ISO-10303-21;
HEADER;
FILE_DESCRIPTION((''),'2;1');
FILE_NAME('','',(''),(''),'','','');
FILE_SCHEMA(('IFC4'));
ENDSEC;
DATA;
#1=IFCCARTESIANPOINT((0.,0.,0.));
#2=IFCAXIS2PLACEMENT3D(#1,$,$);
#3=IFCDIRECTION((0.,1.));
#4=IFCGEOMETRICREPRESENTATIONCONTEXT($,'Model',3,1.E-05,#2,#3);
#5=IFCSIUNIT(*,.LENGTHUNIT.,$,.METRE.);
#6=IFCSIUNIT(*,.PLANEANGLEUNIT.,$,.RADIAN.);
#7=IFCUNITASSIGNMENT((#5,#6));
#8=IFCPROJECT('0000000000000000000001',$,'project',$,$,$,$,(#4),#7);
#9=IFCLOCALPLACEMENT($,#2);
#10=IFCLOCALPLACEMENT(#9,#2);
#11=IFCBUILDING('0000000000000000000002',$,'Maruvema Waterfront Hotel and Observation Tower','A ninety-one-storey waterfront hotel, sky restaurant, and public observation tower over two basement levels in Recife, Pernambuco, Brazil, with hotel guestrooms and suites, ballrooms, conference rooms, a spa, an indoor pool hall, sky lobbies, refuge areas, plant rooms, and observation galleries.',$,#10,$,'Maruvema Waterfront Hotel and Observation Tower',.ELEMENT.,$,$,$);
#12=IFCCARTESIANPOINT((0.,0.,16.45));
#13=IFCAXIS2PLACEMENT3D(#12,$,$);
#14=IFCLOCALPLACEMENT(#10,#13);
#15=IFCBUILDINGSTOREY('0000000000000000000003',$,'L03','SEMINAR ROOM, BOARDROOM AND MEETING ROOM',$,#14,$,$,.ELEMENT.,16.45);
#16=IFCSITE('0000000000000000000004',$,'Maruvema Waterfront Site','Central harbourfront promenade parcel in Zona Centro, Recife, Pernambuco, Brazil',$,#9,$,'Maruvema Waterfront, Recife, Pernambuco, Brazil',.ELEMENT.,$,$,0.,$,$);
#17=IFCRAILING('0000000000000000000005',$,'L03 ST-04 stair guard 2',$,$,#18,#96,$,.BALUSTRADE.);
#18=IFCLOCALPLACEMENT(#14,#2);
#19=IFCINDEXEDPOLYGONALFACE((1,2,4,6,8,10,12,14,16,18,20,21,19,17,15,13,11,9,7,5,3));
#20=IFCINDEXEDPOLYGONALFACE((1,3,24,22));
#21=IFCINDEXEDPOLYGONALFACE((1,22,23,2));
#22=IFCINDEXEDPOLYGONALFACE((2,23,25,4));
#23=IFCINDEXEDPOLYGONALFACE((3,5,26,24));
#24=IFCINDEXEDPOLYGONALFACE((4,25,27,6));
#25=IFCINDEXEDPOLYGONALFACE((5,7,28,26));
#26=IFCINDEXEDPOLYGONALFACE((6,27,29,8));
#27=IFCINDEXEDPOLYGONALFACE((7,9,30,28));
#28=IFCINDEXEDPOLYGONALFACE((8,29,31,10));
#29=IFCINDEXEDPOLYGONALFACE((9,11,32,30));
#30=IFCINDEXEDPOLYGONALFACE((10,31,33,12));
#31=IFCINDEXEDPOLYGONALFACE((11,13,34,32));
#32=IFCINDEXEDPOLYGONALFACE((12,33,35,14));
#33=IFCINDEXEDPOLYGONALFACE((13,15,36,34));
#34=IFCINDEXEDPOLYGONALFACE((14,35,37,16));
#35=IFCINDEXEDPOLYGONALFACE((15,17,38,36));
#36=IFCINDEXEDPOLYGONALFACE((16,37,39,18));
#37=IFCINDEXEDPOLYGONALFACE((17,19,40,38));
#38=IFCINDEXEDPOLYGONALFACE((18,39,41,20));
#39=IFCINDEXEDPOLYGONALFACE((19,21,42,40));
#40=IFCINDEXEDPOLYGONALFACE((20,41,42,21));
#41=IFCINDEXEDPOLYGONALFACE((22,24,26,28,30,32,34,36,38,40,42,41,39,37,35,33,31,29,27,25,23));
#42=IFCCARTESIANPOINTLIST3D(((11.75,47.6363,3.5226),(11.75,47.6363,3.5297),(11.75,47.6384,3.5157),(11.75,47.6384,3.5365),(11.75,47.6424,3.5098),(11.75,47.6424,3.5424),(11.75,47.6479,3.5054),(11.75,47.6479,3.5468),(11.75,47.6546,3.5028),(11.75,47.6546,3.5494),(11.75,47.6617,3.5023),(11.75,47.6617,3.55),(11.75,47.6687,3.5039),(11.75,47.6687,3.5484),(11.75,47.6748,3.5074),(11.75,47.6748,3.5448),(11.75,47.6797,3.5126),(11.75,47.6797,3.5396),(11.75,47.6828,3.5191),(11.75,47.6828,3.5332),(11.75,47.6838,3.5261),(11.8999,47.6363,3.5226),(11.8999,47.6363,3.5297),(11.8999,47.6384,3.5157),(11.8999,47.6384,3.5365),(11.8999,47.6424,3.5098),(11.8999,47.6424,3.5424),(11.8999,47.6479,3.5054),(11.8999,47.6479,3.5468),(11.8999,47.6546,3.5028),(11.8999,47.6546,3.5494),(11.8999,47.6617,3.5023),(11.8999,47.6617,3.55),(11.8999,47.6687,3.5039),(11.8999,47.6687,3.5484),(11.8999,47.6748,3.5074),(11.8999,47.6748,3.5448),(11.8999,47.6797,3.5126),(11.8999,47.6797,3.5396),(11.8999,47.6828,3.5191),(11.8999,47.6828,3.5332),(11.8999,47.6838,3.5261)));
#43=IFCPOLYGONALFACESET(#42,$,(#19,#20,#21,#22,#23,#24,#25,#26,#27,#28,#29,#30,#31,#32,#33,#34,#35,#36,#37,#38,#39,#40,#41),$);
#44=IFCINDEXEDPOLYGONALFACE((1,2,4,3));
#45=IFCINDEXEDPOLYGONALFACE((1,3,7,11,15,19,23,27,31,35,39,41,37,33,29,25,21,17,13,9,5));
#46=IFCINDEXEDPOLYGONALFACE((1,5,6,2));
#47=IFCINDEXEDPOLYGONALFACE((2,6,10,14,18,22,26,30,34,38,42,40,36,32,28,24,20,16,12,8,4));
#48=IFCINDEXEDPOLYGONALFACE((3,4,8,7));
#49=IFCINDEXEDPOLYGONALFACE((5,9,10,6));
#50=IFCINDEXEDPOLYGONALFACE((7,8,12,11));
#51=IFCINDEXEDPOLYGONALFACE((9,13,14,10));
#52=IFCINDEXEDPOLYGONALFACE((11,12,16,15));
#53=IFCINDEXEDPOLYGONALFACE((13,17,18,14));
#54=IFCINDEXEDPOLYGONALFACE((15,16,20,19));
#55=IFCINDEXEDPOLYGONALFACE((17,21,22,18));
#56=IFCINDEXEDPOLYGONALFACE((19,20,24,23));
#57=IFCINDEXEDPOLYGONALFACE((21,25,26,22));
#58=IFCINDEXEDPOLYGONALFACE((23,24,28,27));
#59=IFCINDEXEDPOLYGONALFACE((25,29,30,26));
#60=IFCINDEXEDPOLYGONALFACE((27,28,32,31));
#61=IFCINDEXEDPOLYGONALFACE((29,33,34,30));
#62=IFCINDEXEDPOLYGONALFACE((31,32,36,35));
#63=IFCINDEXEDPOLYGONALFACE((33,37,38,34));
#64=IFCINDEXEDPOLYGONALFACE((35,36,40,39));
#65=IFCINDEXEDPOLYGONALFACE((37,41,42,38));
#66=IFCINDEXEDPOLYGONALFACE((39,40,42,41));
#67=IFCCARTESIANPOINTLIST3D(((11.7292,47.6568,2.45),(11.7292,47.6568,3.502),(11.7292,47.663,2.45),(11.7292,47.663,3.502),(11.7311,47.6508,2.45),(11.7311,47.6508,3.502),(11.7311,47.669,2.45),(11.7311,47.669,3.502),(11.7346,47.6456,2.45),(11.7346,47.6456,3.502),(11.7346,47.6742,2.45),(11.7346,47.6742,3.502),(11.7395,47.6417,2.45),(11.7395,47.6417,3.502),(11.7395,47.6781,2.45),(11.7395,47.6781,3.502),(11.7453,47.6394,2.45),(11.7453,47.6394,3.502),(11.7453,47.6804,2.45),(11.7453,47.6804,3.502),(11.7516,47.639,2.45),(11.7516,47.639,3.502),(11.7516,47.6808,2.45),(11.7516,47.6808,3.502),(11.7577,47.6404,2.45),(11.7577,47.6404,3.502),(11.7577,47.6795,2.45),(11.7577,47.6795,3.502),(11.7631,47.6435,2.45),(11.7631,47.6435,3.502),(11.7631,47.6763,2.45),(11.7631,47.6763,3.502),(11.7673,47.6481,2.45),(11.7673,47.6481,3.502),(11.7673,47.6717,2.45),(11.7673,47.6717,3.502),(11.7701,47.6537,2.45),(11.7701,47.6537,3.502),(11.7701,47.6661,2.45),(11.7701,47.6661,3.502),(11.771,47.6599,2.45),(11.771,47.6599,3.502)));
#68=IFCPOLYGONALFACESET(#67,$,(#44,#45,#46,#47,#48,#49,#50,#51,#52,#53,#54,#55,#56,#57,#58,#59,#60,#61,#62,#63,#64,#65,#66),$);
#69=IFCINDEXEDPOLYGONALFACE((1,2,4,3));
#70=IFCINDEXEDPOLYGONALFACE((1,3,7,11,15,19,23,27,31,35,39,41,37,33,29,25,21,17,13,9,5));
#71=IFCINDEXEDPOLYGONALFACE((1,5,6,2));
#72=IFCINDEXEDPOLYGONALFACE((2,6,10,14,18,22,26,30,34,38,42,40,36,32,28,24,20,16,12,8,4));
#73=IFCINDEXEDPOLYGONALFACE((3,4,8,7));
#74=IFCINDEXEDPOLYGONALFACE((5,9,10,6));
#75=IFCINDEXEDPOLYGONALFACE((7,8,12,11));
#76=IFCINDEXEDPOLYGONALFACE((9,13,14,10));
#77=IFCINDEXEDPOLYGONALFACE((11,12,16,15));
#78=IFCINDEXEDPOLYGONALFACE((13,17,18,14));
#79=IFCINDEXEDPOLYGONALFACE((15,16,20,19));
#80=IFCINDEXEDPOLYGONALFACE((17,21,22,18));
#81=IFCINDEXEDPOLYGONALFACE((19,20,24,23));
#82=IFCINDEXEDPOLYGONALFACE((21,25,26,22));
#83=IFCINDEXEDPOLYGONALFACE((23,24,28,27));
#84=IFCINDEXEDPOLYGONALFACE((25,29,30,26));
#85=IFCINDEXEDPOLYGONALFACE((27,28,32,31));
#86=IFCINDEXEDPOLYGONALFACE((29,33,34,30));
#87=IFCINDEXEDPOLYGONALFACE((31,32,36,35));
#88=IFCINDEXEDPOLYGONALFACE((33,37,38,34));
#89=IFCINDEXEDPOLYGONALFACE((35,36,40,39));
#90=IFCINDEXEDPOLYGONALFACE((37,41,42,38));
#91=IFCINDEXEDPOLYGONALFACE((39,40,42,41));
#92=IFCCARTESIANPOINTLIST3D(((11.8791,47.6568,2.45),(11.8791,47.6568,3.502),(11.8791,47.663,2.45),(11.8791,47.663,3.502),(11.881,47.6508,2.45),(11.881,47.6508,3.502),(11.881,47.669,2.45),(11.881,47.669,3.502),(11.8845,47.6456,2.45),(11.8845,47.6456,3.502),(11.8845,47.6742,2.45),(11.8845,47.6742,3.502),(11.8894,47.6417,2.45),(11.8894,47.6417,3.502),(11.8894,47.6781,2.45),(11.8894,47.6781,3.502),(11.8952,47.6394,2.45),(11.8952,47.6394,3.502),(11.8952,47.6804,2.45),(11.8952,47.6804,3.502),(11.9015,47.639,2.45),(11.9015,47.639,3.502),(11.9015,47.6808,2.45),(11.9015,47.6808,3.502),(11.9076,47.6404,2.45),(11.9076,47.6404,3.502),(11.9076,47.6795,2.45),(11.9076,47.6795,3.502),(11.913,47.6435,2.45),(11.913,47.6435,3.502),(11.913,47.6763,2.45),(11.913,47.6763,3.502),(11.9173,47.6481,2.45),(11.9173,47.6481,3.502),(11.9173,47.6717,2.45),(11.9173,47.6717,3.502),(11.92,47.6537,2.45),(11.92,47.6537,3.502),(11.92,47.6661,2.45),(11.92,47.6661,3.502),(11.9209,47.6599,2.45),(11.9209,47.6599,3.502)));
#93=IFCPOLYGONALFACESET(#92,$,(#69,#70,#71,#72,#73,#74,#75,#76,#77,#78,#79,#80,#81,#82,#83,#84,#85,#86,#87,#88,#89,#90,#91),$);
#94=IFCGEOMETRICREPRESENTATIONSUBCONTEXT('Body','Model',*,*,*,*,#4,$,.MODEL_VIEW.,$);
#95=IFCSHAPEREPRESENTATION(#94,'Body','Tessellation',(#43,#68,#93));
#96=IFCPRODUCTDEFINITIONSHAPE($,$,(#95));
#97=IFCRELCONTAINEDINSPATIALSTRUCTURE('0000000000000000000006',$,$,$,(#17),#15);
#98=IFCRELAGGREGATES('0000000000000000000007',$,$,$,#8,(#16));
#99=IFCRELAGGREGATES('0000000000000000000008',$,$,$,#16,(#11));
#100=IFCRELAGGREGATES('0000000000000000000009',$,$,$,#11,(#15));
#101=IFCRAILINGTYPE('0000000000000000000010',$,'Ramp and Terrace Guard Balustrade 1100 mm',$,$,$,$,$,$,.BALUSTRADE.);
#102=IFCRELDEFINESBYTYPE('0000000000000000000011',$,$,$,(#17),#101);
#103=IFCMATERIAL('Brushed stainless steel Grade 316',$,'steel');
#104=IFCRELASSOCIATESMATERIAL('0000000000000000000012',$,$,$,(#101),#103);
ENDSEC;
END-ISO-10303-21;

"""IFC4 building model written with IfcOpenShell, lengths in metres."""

from ifc_helpers import new_model, si_unit, direction, frame, origin, origin_2d, place, context, subcontext, project, spatial, circle, extrude, material, type_object, element, save


model = new_model("IFC4")

# Units and contexts
model_context = context("Model", 3, precision=1e-05, world=origin(), true_north=direction((0.0, 1.0)))
body_context = subcontext(model_context, "Body", "Model", "MODEL_VIEW")
ifc_project = project(units=[si_unit("LENGTHUNIT", "METRE"), si_unit("PLANEANGLEUNIT", "RADIAN")], contexts=[model_context])

# Site, building, storey
site_placement = place(None, origin())
site = spatial("IfcSite", under=ifc_project, at=site_placement, Name="Maruvema Waterfront Site", Description="Central harbourfront promenade parcel in Zona Centro, Recife, Pernambuco, Brazil", LongName="Maruvema Waterfront, Recife, Pernambuco, Brazil", CompositionType="ELEMENT", RefElevation=0.0)
building_placement = place(site_placement, origin())
building = spatial("IfcBuilding", under=site, at=building_placement, Name="Maruvema Waterfront Hotel and Observation Tower", Description="A ninety-one-storey waterfront hotel, sky restaurant, and public observation tower over two basement levels in Recife, Pernambuco, Brazil, with hotel guestrooms and suites, ballrooms, conference rooms, a spa, an indoor pool hall, sky lobbies, refuge areas, plant rooms, and observation galleries.", LongName="Maruvema Waterfront Hotel and Observation Tower", CompositionType="ELEMENT")
storey_placement = place(building_placement, frame((0.0, 0.0, 16.45)))
storey = spatial("IfcBuildingStorey", under=building, at=storey_placement, Name="L03", Description="SEMINAR ROOM, BOARDROOM AND MEETING ROOM", CompositionType="ELEMENT", Elevation=16.45)

# Railing
ifc_material_1 = material(Name="Brushed stainless steel Grade 316", Category="steel")
railing_type_1 = type_object("IfcRailingType", Name="Ramp and Terrace Guard Balustrade 1100 mm", PredefinedType="BALUSTRADE", material=ifc_material_1)
railing_1_placement = place(storey_placement, frame((11.75, 47.6599, 2.45)))
element("IfcRailing", 1, at=railing_1_placement, inside=storey, type_object=railing_type_1, Name="L03 ST-04 stair guard 2", PredefinedType="BALUSTRADE", context=body_context, shape_type="SweptSolid", body=[
    extrude(circle(Radius=0.0239, at=origin_2d()), frame((0.0, 0.0, 1.0762), z_axis=(1.0, 0.0, 0.0), x_axis=(0.0, 1.0, 0.0)), (0.0, 0.0, 1.0), 0.1499),
    extrude(circle(Radius=0.021, at=origin_2d()), origin(), (0.0, 0.0, 1.0), 1.052),
    extrude(circle(Radius=0.021, at=origin_2d()), frame((0.1499, 0.0, 0.0)), (0.0, 0.0, 1.0), 1.052),
])

save(model, "model.ifc")
